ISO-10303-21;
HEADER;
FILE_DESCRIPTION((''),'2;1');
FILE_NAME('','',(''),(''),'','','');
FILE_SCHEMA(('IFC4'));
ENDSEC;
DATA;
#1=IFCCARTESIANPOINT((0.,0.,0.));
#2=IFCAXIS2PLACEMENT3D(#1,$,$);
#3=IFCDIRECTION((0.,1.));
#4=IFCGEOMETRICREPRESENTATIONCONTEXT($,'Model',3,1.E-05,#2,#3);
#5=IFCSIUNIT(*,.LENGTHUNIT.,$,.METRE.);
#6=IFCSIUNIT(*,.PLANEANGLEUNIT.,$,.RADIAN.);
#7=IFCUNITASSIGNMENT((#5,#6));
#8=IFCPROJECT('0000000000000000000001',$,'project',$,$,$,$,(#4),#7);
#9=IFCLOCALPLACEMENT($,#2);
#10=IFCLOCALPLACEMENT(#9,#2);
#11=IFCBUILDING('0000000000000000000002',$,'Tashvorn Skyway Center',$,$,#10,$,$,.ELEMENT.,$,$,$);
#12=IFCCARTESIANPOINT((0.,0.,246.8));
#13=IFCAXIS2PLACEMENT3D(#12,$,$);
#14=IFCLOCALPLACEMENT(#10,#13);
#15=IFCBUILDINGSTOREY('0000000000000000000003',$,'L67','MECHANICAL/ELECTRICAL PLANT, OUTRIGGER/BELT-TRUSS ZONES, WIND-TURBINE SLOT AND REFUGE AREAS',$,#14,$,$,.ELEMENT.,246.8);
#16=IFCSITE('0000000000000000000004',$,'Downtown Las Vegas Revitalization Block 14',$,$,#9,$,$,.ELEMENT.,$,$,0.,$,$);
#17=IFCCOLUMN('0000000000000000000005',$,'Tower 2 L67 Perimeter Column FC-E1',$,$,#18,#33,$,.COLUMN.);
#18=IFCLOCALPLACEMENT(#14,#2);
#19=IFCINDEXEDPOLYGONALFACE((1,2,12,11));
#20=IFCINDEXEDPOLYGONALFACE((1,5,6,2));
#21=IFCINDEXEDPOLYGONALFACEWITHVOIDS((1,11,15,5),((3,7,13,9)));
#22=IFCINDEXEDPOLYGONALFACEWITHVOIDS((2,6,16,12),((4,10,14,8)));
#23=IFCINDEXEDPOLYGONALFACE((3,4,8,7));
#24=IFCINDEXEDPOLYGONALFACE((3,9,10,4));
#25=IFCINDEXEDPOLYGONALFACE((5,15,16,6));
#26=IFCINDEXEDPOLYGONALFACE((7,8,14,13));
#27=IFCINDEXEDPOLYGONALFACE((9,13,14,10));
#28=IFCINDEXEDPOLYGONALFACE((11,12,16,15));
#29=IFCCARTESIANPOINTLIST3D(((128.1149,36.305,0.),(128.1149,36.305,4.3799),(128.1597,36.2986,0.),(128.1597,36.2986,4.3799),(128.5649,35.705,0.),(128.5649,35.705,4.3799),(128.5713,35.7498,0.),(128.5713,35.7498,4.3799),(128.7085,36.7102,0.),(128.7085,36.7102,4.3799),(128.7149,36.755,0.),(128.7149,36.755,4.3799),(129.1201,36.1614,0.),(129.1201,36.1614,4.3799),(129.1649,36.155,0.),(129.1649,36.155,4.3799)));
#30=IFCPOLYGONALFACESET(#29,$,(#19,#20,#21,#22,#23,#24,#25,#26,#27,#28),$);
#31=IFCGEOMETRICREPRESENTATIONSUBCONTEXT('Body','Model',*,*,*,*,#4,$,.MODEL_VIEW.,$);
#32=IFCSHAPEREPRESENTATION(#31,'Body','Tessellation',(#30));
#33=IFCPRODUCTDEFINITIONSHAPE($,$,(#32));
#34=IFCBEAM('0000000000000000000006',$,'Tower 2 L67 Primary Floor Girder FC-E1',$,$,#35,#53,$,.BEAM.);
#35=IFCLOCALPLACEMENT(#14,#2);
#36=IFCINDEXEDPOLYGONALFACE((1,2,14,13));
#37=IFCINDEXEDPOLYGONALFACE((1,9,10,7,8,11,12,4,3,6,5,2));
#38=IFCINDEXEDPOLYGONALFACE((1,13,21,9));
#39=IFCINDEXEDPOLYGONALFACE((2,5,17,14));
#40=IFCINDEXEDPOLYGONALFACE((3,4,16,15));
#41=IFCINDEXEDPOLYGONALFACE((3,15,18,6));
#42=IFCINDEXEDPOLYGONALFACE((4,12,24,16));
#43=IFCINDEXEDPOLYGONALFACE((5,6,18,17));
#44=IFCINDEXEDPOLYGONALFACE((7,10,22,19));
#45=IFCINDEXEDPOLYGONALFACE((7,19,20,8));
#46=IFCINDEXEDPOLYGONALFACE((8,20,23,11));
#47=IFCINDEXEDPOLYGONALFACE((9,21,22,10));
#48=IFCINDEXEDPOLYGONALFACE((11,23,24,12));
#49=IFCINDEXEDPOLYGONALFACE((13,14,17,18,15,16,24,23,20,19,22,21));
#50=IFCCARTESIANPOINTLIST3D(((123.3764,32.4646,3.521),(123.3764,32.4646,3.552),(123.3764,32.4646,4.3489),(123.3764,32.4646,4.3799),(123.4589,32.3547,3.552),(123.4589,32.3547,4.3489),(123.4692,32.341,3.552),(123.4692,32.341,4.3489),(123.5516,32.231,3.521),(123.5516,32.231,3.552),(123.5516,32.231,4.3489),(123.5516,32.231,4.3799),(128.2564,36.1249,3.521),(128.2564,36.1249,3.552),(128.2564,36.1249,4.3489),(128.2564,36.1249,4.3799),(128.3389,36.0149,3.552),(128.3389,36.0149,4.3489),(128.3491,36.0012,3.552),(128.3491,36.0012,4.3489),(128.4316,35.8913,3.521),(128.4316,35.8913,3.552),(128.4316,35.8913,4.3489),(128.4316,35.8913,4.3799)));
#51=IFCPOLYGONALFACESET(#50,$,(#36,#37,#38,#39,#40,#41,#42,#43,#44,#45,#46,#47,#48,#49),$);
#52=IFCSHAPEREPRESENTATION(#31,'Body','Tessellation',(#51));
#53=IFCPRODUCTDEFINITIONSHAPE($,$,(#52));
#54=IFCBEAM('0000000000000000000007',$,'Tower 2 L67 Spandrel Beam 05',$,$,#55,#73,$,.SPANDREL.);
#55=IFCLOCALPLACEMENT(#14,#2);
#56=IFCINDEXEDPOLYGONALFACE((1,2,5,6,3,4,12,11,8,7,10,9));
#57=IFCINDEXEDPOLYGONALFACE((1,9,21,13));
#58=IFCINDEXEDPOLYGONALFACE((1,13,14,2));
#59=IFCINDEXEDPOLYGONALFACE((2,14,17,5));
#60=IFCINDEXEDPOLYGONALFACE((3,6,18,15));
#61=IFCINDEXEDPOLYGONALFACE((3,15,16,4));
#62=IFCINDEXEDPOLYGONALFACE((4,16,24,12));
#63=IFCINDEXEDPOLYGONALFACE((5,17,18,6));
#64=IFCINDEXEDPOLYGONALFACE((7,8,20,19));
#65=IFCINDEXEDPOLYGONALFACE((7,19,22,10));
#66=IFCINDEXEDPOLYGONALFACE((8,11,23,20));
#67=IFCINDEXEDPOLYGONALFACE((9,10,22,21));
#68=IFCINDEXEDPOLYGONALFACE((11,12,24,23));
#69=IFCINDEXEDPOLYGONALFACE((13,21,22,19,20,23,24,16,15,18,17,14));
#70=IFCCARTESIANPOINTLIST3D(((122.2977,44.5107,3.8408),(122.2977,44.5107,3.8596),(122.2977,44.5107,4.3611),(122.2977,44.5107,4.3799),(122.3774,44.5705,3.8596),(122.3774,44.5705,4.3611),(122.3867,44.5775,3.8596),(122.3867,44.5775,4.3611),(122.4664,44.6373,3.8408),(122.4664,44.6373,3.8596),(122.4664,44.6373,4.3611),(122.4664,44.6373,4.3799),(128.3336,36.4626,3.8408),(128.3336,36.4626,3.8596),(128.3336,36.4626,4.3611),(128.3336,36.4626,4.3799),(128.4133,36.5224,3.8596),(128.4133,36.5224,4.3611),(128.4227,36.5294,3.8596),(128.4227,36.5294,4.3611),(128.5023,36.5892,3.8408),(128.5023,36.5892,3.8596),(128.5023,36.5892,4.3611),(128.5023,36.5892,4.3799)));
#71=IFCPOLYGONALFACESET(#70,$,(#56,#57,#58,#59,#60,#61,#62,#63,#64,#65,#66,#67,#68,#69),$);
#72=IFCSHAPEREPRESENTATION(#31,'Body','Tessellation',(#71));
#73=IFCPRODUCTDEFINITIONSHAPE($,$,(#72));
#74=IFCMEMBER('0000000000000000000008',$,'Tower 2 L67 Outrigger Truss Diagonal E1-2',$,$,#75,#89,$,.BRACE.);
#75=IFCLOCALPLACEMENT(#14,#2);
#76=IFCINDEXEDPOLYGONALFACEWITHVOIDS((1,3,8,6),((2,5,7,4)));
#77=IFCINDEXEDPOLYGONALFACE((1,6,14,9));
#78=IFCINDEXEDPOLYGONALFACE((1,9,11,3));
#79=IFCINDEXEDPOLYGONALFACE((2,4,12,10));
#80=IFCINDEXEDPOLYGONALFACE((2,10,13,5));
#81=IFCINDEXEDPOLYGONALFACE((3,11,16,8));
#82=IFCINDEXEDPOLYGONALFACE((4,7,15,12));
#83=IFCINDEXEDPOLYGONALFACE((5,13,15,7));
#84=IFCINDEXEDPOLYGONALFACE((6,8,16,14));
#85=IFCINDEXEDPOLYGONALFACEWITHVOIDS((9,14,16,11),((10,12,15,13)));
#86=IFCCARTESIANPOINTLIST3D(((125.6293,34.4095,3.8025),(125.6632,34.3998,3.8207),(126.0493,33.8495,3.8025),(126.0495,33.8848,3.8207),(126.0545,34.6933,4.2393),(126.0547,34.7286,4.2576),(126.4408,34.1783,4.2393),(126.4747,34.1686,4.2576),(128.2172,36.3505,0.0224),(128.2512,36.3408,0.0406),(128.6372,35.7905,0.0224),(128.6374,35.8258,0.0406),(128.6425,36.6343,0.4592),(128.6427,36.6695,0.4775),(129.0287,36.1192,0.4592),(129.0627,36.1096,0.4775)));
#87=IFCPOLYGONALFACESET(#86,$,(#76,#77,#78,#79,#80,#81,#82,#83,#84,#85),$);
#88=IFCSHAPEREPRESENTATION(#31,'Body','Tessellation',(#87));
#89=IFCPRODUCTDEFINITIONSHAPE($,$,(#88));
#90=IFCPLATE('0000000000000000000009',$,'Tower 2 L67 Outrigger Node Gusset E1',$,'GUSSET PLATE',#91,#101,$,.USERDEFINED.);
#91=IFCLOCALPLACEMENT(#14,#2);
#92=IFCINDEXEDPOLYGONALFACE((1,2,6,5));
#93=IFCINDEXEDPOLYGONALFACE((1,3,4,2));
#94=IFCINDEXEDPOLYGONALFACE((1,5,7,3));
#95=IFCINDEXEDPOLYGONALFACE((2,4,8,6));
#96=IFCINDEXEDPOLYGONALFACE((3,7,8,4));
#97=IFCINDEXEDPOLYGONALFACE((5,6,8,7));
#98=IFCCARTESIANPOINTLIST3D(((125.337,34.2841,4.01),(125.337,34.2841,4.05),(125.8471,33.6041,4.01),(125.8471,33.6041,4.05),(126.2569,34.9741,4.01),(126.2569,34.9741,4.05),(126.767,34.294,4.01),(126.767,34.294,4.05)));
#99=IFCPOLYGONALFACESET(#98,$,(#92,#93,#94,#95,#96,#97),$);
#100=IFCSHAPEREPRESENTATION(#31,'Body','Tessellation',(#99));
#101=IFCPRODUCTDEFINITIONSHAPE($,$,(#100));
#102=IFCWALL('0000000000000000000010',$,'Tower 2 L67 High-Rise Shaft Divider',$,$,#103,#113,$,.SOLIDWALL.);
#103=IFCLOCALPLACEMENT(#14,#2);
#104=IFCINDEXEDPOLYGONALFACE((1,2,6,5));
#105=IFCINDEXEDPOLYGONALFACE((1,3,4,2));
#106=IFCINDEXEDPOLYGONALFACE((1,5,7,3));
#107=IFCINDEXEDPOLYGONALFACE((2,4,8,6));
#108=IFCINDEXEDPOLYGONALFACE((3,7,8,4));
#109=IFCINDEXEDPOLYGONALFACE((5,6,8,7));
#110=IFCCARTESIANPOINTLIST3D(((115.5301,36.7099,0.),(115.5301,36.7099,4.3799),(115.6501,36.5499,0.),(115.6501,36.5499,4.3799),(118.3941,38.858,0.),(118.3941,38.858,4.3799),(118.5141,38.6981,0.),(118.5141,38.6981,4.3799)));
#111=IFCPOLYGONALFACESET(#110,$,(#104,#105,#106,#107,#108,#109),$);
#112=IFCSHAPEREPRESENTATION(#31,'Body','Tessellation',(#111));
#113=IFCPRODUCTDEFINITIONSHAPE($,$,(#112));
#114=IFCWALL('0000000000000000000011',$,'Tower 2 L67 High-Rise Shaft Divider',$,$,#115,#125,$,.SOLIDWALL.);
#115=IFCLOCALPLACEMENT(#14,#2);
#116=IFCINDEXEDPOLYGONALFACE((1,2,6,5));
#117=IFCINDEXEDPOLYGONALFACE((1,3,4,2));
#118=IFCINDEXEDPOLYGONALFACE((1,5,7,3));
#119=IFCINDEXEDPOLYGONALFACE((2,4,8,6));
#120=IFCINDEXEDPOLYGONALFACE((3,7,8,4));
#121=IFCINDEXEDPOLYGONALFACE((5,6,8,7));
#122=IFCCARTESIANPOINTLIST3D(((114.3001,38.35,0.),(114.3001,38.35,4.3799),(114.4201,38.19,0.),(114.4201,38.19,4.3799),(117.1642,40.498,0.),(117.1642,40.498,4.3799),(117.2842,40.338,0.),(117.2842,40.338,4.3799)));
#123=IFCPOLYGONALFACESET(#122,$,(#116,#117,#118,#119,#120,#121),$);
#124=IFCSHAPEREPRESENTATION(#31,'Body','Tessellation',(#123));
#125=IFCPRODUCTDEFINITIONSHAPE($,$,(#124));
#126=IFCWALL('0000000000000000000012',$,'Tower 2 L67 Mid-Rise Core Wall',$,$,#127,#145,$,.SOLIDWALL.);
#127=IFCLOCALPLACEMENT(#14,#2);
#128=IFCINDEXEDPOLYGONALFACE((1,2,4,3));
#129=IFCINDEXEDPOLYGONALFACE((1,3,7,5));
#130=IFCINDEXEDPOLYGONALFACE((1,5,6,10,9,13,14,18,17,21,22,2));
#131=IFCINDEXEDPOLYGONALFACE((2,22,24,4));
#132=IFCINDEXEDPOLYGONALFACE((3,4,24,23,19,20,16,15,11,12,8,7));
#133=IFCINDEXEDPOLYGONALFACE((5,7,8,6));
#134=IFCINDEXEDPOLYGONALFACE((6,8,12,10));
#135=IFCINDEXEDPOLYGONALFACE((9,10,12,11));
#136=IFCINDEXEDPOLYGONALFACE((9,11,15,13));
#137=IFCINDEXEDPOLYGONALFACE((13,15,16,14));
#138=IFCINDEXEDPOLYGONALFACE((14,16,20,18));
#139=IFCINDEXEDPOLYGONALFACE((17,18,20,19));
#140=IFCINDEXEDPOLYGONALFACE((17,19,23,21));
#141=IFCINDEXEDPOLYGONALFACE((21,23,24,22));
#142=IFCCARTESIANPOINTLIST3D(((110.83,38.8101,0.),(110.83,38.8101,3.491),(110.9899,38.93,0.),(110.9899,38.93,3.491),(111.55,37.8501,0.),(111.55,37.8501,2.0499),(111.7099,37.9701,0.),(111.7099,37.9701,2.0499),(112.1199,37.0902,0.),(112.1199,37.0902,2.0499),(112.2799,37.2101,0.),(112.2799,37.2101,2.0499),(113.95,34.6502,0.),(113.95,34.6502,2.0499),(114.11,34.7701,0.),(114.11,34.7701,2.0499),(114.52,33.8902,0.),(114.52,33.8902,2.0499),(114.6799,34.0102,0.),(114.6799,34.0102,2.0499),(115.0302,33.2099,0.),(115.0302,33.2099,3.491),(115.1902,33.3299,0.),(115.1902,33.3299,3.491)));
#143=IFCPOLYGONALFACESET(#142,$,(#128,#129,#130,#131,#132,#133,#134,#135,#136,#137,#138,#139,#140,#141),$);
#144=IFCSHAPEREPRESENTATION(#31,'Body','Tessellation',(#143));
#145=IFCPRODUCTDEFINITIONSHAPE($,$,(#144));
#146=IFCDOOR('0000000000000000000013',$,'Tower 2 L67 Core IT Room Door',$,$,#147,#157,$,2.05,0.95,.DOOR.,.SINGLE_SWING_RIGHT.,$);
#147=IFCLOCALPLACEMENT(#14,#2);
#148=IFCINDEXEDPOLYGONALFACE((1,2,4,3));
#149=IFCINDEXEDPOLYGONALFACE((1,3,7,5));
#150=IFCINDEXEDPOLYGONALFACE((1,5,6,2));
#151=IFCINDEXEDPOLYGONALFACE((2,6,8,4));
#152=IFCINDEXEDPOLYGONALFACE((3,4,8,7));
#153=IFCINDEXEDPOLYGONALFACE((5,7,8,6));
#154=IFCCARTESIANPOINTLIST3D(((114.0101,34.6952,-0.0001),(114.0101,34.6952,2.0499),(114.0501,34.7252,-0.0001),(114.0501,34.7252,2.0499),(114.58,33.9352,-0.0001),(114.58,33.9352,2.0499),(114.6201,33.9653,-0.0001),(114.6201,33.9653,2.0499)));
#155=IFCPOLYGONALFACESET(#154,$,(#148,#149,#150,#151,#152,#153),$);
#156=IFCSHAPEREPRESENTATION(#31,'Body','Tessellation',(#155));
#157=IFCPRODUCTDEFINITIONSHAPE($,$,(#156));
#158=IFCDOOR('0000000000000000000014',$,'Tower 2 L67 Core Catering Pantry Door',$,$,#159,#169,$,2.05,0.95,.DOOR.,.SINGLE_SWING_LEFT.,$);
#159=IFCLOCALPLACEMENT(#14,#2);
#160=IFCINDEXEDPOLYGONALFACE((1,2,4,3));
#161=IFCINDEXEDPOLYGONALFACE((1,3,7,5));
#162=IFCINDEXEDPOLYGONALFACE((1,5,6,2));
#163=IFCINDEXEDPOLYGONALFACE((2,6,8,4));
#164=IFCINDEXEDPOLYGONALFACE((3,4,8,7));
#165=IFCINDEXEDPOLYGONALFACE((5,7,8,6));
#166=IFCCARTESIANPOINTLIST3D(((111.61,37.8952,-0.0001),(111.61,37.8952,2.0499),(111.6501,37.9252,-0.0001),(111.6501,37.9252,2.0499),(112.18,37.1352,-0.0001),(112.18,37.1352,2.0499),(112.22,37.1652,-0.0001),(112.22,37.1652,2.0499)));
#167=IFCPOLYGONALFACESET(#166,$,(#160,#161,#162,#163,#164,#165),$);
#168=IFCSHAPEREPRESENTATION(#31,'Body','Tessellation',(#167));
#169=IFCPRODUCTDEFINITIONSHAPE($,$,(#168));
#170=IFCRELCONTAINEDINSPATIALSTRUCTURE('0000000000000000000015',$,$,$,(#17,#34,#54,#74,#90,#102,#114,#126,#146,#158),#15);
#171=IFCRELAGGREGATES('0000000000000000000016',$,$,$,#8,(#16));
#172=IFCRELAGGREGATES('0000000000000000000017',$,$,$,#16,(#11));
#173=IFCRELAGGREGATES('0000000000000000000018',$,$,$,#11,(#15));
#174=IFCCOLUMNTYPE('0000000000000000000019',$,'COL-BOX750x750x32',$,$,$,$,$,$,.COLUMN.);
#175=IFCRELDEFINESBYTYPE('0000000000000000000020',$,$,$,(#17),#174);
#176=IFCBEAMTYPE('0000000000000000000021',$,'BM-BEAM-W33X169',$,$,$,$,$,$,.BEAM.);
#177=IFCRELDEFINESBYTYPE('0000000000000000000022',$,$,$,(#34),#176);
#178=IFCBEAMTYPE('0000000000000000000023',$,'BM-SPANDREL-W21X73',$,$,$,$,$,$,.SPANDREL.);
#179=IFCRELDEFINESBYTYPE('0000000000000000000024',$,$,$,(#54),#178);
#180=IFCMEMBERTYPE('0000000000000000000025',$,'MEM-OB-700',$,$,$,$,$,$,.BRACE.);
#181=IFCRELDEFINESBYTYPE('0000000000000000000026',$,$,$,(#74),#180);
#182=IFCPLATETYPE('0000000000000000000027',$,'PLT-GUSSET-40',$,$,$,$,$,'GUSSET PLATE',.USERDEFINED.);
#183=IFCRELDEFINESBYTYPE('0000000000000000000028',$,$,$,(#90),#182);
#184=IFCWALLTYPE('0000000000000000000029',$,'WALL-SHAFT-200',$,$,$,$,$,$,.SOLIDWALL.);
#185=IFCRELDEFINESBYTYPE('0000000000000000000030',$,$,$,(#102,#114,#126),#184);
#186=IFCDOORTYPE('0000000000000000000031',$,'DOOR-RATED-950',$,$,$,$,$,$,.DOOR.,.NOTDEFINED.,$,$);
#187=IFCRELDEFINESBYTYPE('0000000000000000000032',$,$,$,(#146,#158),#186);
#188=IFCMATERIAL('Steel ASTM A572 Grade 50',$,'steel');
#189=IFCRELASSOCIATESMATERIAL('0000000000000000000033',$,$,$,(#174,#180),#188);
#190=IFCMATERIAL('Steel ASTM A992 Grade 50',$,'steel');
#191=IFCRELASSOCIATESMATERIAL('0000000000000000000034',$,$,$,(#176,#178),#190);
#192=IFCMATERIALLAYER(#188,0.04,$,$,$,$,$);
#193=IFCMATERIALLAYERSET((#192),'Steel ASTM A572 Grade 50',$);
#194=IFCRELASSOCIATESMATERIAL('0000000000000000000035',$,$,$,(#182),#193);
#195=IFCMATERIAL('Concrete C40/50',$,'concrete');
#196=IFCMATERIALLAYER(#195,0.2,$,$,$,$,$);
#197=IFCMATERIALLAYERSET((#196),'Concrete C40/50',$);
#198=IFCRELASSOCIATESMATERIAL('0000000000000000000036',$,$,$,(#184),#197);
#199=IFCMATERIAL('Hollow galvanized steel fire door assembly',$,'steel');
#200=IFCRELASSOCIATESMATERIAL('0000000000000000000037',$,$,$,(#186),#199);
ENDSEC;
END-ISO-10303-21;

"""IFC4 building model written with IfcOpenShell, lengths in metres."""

from ifc_helpers import new_model, si_unit, direction, frame, frame_2d, origin, origin_2d, place, context, subcontext, project, spatial, rectangle, hollow_rectangle, i_section, extrude, material, layer, layer_set, material_profile, profile_set, type_object, element, fill, save


model = new_model("IFC4")

# Units and contexts
model_context = context("Model", 3, precision=1e-05, world=origin(), true_north=direction((0.0, 1.0)))
body_context = subcontext(model_context, "Body", "Model", "MODEL_VIEW")
ifc_project = project(units=[si_unit("LENGTHUNIT", "METRE"), si_unit("PLANEANGLEUNIT", "RADIAN")], contexts=[model_context])

# Site, building, storey
site_placement = place(None, origin())
site = spatial("IfcSite", under=ifc_project, at=site_placement, Name="Downtown Las Vegas Revitalization Block 14", CompositionType="ELEMENT", RefElevation=0.0)
building_placement = place(site_placement, origin())
building = spatial("IfcBuilding", under=site, at=building_placement, Name="Tashvorn Skyway Center", CompositionType="ELEMENT")
storey_placement = place(building_placement, frame((0.0, 0.0, 246.8)))
storey = spatial("IfcBuildingStorey", under=building, at=storey_placement, Name="L67", Description="MECHANICAL/ELECTRICAL PLANT, OUTRIGGER/BELT-TRUSS ZONES, WIND-TURBINE SLOT AND REFUGE AREAS", CompositionType="ELEMENT", Elevation=246.8)

# Column
ifc_material_1 = material(Name="Steel ASTM A572 Grade 50", Category="steel")
ifc_material_profile_1 = material_profile(ifc_material_1, hollow_rectangle(XDim=0.75, YDim=0.75, WallThickness=0.032, at=origin_2d()), Name="BOX750x750x32")
ifc_profile_set_1 = profile_set([ifc_material_profile_1], Name="Steel ASTM A572 Grade 50")
column_type = type_object("IfcColumnType", Name="COL-BOX750x750x32", PredefinedType="COLUMN", material=ifc_profile_set_1)
column_placement = place(storey_placement, frame((128.6399, 36.23, 0.0), z_axis=(0.0, 0.0, 1.0), x_axis=(0.8, 0.6, 0.0)))
element("IfcColumn", 1, at=column_placement, inside=storey, type_object=column_type, Name="Tower 2 L67 Perimeter Column FC-E1", PredefinedType="COLUMN", context=body_context, shape_type="SweptSolid", body=[
    extrude(hollow_rectangle(XDim=0.75, YDim=0.75, WallThickness=0.032, at=origin_2d()), origin(), (0.0, 0.0, 1.0), 4.3799),
])

# Beams
ifc_material_2 = material(Name="Steel ASTM A992 Grade 50", Category="steel")
ifc_material_profile_2 = material_profile(ifc_material_2, i_section(OverallWidth=0.292, OverallDepth=0.8589, WebThickness=0.0171, FlangeThickness=0.031, at=origin_2d()), Name="W33X169")
ifc_profile_set_2 = profile_set([ifc_material_profile_2], Name="Steel ASTM A992 Grade 50")
beam_type_1 = type_object("IfcBeamType", Name="BM-BEAM-W33X169", PredefinedType="BEAM", material=ifc_profile_set_2)
beam_1_placement = place(storey_placement, frame((128.344, 36.0081, 3.9504), z_axis=(-0.799981, -0.600026, 0.0), x_axis=(0.600026, -0.799981, 0.0)))
element("IfcBeam", 2, at=beam_1_placement, inside=storey, type_object=beam_type_1, Name="Tower 2 L67 Primary Floor Girder FC-E1", PredefinedType="BEAM", context=body_context, shape_type="SweptSolid", body=[
    extrude(i_section(OverallWidth=0.292, OverallDepth=0.8589, WebThickness=0.0171, FlangeThickness=0.031, at=origin_2d()), origin(), (0.0, 0.0, 1.0), 6.1001),
])
ifc_material_profile_3 = material_profile(ifc_material_2, i_section(OverallWidth=0.2109, OverallDepth=0.5391, WebThickness=0.0117, FlangeThickness=0.0188, at=origin_2d()), Name="W21X73")
ifc_profile_set_3 = profile_set([ifc_material_profile_3], Name="Steel ASTM A992 Grade 50")
beam_type_2 = type_object("IfcBeamType", Name="BM-SPANDREL-W21X73", PredefinedType="SPANDREL", material=ifc_profile_set_3)
beam_2_placement = place(storey_placement, frame((128.418, 36.5259, 4.1104), z_axis=(-0.599988, 0.800009, 0.0), x_axis=(-0.800009, -0.599988, 0.0)))
element("IfcBeam", 3, at=beam_2_placement, inside=storey, type_object=beam_type_2, Name="Tower 2 L67 Spandrel Beam 05", PredefinedType="SPANDREL", context=body_context, shape_type="SweptSolid", body=[
    extrude(i_section(OverallWidth=0.2109, OverallDepth=0.5391, WebThickness=0.0117, FlangeThickness=0.0188, at=origin_2d()), origin(), (0.0, 0.0, 1.0), 10.0601),
])

# Member
ifc_material_profile_4 = material_profile(ifc_material_1, hollow_rectangle(XDim=0.7, YDim=0.7, WallThickness=0.0281, at=origin_2d()), Name="BOX700x700x28")
ifc_profile_set_4 = profile_set([ifc_material_profile_4], Name="Steel ASTM A572 Grade 50")
member_type = type_object("IfcMemberType", Name="MEM-OB-700", PredefinedType="BRACE", material=ifc_profile_set_4)
member_placement = place(storey_placement, frame((126.052, 34.2891, 4.03), z_axis=(0.520154, 0.390116, -0.759769), x_axis=(-0.6, 0.8, 0.0)))
element("IfcMember", 4, at=member_placement, inside=storey, type_object=member_type, Name="Tower 2 L67 Outrigger Truss Diagonal E1-2", PredefinedType="BRACE", context=body_context, shape_type="SweptSolid", body=[
    extrude(hollow_rectangle(XDim=0.7, YDim=0.7, WallThickness=0.0281, at=origin_2d()), origin(), (0.0, 0.0, 1.0), 4.9753),
])

# Plate
ifc_layer_1 = layer(ifc_material_1, 0.04)
ifc_layer_set_1 = layer_set([ifc_layer_1], Name="Steel ASTM A572 Grade 50")
plate_type = type_object("IfcPlateType", Name="PLT-GUSSET-40", ElementType="GUSSET PLATE", PredefinedType="USERDEFINED", material=ifc_layer_set_1)
plate_placement = place(storey_placement, frame((126.052, 34.2891, 4.01), z_axis=(0.0, 0.0, 1.0), x_axis=(0.8, 0.6, 0.0)))
element("IfcPlate", 5, at=plate_placement, inside=storey, type_object=plate_type, Name="Tower 2 L67 Outrigger Node Gusset E1", ObjectType="GUSSET PLATE", PredefinedType="USERDEFINED", context=body_context, shape_type="SweptSolid", body=[
    extrude(rectangle(XDim=1.1499, YDim=0.8501, at=origin_2d()), origin(), (0.0, 0.0, 1.0), 0.04),
])

# Walls
ifc_material_3 = material(Name="Concrete C40/50", Category="concrete")
ifc_layer_2 = layer(ifc_material_3, 0.2)
ifc_layer_set_2 = layer_set([ifc_layer_2], Name="Concrete C40/50")
wall_type_1 = type_object("IfcWallType", Name="WALL-SHAFT-200", PredefinedType="SOLIDWALL", material=ifc_layer_set_2)
for number, where, z_axis, x_axis, name in (
    (6, (115.5901, 36.6299, 0.0), (0.0, 0.0, 1.0), (0.799975, 0.600033, 0.0), "Tower 2 L67 High-Rise Shaft Divider"),
    (7, (114.3601, 38.27, 0.0), (0.0, 0.0, 1.0), (0.800008, 0.599989, 0.0), "Tower 2 L67 High-Rise Shaft Divider"),
):
    element("IfcWall", number, at=place(storey_placement, frame(where, z_axis=z_axis, x_axis=x_axis)), inside=storey, type_object=wall_type_1, Name=name, PredefinedType="SOLIDWALL", context=body_context, shape_type="SweptSolid", body=[
        extrude(rectangle(XDim=3.5801, YDim=0.2, at=frame_2d((1.79, 0.0))), origin(), (0.0, 0.0, 1.0), 4.3799),
    ])

# Wall, openings, doors
wall_1_placement = place(storey_placement, frame((115.1101, 33.27, 0.0), z_axis=(0.0, 0.0, 1.0), x_axis=(-0.600011, 0.799992, 0.0)))
wall_1 = element("IfcWall", 8, at=wall_1_placement, inside=storey, type_object=wall_type_1, Name="Tower 2 L67 Mid-Rise Core Wall", PredefinedType="SOLIDWALL", context=body_context, shape_type="SweptSolid", body=[
    extrude(rectangle(XDim=7.0002, YDim=0.2, at=frame_2d((3.5, 0.0))), origin(), (0.0, 0.0, 1.0), 3.491),
])
opening_1_placement = place(wall_1_placement, frame((0.8501, 0.0, 0.0)))
opening_1 = element("IfcOpeningElement", 9, at=opening_1_placement, cuts=wall_1, PredefinedType="OPENING", context=body_context, shape_type="SweptSolid", body=[
    extrude(rectangle(XDim=0.95, YDim=2.05, at=frame_2d((0.4751, 1.0249))), frame((0.0, 0.1099, 0.0), z_axis=(0.0, -1.0, 0.0), x_axis=(1.0, 0.0, 0.0)), (0.0, 0.0, 1.0), 0.22),
])
opening_2_placement = place(wall_1_placement, frame((4.8501, 0.0, 0.0)))
opening_2 = element("IfcOpeningElement", 10, at=opening_2_placement, cuts=wall_1, PredefinedType="OPENING", context=body_context, shape_type="SweptSolid", body=[
    extrude(rectangle(XDim=0.95, YDim=2.05, at=frame_2d((0.4751, 1.0249))), frame((0.0, 0.1099, 0.0), z_axis=(0.0, -1.0, 0.0), x_axis=(1.0, 0.0, 0.0)), (0.0, 0.0, 1.0), 0.22),
])
ifc_material_4 = material(Name="Hollow galvanized steel fire door assembly", Category="steel")
door_type_1 = type_object("IfcDoorType", Name="DOOR-RATED-950", OperationType="NOTDEFINED", PredefinedType="DOOR", material=ifc_material_4)
door_1_placement = place(opening_1_placement, origin())
door_1 = element("IfcDoor", 11, at=door_1_placement, inside=storey, type_object=door_type_1, Name="Tower 2 L67 Core IT Room Door", OperationType="SINGLE_SWING_RIGHT", OverallHeight=2.05, OverallWidth=0.95, PredefinedType="DOOR", context=body_context, shape_type="SweptSolid", body=[
    extrude(rectangle(XDim=0.95, YDim=2.05, at=frame_2d((0.4751, 1.0249))), frame((0.0, 0.0249, 0.0), z_axis=(0.0, -1.0, 0.0), x_axis=(1.0, 0.0, 0.0)), (0.0, 0.0, 1.0), 0.05),
])
fill(opening_1, door_1)
door_2_placement = place(opening_2_placement, origin())
door_2 = element("IfcDoor", 12, at=door_2_placement, inside=storey, type_object=door_type_1, Name="Tower 2 L67 Core Catering Pantry Door", OperationType="SINGLE_SWING_LEFT", OverallHeight=2.05, OverallWidth=0.95, PredefinedType="DOOR", context=body_context, shape_type="SweptSolid", body=[
    extrude(rectangle(XDim=0.95, YDim=2.05, at=frame_2d((0.4751, 1.0249))), frame((0.0, 0.0249, 0.0), z_axis=(0.0, -1.0, 0.0), x_axis=(1.0, 0.0, 0.0)), (0.0, 0.0, 1.0), 0.05),
])
fill(opening_2, door_2)

save(model, "model.ifc")
